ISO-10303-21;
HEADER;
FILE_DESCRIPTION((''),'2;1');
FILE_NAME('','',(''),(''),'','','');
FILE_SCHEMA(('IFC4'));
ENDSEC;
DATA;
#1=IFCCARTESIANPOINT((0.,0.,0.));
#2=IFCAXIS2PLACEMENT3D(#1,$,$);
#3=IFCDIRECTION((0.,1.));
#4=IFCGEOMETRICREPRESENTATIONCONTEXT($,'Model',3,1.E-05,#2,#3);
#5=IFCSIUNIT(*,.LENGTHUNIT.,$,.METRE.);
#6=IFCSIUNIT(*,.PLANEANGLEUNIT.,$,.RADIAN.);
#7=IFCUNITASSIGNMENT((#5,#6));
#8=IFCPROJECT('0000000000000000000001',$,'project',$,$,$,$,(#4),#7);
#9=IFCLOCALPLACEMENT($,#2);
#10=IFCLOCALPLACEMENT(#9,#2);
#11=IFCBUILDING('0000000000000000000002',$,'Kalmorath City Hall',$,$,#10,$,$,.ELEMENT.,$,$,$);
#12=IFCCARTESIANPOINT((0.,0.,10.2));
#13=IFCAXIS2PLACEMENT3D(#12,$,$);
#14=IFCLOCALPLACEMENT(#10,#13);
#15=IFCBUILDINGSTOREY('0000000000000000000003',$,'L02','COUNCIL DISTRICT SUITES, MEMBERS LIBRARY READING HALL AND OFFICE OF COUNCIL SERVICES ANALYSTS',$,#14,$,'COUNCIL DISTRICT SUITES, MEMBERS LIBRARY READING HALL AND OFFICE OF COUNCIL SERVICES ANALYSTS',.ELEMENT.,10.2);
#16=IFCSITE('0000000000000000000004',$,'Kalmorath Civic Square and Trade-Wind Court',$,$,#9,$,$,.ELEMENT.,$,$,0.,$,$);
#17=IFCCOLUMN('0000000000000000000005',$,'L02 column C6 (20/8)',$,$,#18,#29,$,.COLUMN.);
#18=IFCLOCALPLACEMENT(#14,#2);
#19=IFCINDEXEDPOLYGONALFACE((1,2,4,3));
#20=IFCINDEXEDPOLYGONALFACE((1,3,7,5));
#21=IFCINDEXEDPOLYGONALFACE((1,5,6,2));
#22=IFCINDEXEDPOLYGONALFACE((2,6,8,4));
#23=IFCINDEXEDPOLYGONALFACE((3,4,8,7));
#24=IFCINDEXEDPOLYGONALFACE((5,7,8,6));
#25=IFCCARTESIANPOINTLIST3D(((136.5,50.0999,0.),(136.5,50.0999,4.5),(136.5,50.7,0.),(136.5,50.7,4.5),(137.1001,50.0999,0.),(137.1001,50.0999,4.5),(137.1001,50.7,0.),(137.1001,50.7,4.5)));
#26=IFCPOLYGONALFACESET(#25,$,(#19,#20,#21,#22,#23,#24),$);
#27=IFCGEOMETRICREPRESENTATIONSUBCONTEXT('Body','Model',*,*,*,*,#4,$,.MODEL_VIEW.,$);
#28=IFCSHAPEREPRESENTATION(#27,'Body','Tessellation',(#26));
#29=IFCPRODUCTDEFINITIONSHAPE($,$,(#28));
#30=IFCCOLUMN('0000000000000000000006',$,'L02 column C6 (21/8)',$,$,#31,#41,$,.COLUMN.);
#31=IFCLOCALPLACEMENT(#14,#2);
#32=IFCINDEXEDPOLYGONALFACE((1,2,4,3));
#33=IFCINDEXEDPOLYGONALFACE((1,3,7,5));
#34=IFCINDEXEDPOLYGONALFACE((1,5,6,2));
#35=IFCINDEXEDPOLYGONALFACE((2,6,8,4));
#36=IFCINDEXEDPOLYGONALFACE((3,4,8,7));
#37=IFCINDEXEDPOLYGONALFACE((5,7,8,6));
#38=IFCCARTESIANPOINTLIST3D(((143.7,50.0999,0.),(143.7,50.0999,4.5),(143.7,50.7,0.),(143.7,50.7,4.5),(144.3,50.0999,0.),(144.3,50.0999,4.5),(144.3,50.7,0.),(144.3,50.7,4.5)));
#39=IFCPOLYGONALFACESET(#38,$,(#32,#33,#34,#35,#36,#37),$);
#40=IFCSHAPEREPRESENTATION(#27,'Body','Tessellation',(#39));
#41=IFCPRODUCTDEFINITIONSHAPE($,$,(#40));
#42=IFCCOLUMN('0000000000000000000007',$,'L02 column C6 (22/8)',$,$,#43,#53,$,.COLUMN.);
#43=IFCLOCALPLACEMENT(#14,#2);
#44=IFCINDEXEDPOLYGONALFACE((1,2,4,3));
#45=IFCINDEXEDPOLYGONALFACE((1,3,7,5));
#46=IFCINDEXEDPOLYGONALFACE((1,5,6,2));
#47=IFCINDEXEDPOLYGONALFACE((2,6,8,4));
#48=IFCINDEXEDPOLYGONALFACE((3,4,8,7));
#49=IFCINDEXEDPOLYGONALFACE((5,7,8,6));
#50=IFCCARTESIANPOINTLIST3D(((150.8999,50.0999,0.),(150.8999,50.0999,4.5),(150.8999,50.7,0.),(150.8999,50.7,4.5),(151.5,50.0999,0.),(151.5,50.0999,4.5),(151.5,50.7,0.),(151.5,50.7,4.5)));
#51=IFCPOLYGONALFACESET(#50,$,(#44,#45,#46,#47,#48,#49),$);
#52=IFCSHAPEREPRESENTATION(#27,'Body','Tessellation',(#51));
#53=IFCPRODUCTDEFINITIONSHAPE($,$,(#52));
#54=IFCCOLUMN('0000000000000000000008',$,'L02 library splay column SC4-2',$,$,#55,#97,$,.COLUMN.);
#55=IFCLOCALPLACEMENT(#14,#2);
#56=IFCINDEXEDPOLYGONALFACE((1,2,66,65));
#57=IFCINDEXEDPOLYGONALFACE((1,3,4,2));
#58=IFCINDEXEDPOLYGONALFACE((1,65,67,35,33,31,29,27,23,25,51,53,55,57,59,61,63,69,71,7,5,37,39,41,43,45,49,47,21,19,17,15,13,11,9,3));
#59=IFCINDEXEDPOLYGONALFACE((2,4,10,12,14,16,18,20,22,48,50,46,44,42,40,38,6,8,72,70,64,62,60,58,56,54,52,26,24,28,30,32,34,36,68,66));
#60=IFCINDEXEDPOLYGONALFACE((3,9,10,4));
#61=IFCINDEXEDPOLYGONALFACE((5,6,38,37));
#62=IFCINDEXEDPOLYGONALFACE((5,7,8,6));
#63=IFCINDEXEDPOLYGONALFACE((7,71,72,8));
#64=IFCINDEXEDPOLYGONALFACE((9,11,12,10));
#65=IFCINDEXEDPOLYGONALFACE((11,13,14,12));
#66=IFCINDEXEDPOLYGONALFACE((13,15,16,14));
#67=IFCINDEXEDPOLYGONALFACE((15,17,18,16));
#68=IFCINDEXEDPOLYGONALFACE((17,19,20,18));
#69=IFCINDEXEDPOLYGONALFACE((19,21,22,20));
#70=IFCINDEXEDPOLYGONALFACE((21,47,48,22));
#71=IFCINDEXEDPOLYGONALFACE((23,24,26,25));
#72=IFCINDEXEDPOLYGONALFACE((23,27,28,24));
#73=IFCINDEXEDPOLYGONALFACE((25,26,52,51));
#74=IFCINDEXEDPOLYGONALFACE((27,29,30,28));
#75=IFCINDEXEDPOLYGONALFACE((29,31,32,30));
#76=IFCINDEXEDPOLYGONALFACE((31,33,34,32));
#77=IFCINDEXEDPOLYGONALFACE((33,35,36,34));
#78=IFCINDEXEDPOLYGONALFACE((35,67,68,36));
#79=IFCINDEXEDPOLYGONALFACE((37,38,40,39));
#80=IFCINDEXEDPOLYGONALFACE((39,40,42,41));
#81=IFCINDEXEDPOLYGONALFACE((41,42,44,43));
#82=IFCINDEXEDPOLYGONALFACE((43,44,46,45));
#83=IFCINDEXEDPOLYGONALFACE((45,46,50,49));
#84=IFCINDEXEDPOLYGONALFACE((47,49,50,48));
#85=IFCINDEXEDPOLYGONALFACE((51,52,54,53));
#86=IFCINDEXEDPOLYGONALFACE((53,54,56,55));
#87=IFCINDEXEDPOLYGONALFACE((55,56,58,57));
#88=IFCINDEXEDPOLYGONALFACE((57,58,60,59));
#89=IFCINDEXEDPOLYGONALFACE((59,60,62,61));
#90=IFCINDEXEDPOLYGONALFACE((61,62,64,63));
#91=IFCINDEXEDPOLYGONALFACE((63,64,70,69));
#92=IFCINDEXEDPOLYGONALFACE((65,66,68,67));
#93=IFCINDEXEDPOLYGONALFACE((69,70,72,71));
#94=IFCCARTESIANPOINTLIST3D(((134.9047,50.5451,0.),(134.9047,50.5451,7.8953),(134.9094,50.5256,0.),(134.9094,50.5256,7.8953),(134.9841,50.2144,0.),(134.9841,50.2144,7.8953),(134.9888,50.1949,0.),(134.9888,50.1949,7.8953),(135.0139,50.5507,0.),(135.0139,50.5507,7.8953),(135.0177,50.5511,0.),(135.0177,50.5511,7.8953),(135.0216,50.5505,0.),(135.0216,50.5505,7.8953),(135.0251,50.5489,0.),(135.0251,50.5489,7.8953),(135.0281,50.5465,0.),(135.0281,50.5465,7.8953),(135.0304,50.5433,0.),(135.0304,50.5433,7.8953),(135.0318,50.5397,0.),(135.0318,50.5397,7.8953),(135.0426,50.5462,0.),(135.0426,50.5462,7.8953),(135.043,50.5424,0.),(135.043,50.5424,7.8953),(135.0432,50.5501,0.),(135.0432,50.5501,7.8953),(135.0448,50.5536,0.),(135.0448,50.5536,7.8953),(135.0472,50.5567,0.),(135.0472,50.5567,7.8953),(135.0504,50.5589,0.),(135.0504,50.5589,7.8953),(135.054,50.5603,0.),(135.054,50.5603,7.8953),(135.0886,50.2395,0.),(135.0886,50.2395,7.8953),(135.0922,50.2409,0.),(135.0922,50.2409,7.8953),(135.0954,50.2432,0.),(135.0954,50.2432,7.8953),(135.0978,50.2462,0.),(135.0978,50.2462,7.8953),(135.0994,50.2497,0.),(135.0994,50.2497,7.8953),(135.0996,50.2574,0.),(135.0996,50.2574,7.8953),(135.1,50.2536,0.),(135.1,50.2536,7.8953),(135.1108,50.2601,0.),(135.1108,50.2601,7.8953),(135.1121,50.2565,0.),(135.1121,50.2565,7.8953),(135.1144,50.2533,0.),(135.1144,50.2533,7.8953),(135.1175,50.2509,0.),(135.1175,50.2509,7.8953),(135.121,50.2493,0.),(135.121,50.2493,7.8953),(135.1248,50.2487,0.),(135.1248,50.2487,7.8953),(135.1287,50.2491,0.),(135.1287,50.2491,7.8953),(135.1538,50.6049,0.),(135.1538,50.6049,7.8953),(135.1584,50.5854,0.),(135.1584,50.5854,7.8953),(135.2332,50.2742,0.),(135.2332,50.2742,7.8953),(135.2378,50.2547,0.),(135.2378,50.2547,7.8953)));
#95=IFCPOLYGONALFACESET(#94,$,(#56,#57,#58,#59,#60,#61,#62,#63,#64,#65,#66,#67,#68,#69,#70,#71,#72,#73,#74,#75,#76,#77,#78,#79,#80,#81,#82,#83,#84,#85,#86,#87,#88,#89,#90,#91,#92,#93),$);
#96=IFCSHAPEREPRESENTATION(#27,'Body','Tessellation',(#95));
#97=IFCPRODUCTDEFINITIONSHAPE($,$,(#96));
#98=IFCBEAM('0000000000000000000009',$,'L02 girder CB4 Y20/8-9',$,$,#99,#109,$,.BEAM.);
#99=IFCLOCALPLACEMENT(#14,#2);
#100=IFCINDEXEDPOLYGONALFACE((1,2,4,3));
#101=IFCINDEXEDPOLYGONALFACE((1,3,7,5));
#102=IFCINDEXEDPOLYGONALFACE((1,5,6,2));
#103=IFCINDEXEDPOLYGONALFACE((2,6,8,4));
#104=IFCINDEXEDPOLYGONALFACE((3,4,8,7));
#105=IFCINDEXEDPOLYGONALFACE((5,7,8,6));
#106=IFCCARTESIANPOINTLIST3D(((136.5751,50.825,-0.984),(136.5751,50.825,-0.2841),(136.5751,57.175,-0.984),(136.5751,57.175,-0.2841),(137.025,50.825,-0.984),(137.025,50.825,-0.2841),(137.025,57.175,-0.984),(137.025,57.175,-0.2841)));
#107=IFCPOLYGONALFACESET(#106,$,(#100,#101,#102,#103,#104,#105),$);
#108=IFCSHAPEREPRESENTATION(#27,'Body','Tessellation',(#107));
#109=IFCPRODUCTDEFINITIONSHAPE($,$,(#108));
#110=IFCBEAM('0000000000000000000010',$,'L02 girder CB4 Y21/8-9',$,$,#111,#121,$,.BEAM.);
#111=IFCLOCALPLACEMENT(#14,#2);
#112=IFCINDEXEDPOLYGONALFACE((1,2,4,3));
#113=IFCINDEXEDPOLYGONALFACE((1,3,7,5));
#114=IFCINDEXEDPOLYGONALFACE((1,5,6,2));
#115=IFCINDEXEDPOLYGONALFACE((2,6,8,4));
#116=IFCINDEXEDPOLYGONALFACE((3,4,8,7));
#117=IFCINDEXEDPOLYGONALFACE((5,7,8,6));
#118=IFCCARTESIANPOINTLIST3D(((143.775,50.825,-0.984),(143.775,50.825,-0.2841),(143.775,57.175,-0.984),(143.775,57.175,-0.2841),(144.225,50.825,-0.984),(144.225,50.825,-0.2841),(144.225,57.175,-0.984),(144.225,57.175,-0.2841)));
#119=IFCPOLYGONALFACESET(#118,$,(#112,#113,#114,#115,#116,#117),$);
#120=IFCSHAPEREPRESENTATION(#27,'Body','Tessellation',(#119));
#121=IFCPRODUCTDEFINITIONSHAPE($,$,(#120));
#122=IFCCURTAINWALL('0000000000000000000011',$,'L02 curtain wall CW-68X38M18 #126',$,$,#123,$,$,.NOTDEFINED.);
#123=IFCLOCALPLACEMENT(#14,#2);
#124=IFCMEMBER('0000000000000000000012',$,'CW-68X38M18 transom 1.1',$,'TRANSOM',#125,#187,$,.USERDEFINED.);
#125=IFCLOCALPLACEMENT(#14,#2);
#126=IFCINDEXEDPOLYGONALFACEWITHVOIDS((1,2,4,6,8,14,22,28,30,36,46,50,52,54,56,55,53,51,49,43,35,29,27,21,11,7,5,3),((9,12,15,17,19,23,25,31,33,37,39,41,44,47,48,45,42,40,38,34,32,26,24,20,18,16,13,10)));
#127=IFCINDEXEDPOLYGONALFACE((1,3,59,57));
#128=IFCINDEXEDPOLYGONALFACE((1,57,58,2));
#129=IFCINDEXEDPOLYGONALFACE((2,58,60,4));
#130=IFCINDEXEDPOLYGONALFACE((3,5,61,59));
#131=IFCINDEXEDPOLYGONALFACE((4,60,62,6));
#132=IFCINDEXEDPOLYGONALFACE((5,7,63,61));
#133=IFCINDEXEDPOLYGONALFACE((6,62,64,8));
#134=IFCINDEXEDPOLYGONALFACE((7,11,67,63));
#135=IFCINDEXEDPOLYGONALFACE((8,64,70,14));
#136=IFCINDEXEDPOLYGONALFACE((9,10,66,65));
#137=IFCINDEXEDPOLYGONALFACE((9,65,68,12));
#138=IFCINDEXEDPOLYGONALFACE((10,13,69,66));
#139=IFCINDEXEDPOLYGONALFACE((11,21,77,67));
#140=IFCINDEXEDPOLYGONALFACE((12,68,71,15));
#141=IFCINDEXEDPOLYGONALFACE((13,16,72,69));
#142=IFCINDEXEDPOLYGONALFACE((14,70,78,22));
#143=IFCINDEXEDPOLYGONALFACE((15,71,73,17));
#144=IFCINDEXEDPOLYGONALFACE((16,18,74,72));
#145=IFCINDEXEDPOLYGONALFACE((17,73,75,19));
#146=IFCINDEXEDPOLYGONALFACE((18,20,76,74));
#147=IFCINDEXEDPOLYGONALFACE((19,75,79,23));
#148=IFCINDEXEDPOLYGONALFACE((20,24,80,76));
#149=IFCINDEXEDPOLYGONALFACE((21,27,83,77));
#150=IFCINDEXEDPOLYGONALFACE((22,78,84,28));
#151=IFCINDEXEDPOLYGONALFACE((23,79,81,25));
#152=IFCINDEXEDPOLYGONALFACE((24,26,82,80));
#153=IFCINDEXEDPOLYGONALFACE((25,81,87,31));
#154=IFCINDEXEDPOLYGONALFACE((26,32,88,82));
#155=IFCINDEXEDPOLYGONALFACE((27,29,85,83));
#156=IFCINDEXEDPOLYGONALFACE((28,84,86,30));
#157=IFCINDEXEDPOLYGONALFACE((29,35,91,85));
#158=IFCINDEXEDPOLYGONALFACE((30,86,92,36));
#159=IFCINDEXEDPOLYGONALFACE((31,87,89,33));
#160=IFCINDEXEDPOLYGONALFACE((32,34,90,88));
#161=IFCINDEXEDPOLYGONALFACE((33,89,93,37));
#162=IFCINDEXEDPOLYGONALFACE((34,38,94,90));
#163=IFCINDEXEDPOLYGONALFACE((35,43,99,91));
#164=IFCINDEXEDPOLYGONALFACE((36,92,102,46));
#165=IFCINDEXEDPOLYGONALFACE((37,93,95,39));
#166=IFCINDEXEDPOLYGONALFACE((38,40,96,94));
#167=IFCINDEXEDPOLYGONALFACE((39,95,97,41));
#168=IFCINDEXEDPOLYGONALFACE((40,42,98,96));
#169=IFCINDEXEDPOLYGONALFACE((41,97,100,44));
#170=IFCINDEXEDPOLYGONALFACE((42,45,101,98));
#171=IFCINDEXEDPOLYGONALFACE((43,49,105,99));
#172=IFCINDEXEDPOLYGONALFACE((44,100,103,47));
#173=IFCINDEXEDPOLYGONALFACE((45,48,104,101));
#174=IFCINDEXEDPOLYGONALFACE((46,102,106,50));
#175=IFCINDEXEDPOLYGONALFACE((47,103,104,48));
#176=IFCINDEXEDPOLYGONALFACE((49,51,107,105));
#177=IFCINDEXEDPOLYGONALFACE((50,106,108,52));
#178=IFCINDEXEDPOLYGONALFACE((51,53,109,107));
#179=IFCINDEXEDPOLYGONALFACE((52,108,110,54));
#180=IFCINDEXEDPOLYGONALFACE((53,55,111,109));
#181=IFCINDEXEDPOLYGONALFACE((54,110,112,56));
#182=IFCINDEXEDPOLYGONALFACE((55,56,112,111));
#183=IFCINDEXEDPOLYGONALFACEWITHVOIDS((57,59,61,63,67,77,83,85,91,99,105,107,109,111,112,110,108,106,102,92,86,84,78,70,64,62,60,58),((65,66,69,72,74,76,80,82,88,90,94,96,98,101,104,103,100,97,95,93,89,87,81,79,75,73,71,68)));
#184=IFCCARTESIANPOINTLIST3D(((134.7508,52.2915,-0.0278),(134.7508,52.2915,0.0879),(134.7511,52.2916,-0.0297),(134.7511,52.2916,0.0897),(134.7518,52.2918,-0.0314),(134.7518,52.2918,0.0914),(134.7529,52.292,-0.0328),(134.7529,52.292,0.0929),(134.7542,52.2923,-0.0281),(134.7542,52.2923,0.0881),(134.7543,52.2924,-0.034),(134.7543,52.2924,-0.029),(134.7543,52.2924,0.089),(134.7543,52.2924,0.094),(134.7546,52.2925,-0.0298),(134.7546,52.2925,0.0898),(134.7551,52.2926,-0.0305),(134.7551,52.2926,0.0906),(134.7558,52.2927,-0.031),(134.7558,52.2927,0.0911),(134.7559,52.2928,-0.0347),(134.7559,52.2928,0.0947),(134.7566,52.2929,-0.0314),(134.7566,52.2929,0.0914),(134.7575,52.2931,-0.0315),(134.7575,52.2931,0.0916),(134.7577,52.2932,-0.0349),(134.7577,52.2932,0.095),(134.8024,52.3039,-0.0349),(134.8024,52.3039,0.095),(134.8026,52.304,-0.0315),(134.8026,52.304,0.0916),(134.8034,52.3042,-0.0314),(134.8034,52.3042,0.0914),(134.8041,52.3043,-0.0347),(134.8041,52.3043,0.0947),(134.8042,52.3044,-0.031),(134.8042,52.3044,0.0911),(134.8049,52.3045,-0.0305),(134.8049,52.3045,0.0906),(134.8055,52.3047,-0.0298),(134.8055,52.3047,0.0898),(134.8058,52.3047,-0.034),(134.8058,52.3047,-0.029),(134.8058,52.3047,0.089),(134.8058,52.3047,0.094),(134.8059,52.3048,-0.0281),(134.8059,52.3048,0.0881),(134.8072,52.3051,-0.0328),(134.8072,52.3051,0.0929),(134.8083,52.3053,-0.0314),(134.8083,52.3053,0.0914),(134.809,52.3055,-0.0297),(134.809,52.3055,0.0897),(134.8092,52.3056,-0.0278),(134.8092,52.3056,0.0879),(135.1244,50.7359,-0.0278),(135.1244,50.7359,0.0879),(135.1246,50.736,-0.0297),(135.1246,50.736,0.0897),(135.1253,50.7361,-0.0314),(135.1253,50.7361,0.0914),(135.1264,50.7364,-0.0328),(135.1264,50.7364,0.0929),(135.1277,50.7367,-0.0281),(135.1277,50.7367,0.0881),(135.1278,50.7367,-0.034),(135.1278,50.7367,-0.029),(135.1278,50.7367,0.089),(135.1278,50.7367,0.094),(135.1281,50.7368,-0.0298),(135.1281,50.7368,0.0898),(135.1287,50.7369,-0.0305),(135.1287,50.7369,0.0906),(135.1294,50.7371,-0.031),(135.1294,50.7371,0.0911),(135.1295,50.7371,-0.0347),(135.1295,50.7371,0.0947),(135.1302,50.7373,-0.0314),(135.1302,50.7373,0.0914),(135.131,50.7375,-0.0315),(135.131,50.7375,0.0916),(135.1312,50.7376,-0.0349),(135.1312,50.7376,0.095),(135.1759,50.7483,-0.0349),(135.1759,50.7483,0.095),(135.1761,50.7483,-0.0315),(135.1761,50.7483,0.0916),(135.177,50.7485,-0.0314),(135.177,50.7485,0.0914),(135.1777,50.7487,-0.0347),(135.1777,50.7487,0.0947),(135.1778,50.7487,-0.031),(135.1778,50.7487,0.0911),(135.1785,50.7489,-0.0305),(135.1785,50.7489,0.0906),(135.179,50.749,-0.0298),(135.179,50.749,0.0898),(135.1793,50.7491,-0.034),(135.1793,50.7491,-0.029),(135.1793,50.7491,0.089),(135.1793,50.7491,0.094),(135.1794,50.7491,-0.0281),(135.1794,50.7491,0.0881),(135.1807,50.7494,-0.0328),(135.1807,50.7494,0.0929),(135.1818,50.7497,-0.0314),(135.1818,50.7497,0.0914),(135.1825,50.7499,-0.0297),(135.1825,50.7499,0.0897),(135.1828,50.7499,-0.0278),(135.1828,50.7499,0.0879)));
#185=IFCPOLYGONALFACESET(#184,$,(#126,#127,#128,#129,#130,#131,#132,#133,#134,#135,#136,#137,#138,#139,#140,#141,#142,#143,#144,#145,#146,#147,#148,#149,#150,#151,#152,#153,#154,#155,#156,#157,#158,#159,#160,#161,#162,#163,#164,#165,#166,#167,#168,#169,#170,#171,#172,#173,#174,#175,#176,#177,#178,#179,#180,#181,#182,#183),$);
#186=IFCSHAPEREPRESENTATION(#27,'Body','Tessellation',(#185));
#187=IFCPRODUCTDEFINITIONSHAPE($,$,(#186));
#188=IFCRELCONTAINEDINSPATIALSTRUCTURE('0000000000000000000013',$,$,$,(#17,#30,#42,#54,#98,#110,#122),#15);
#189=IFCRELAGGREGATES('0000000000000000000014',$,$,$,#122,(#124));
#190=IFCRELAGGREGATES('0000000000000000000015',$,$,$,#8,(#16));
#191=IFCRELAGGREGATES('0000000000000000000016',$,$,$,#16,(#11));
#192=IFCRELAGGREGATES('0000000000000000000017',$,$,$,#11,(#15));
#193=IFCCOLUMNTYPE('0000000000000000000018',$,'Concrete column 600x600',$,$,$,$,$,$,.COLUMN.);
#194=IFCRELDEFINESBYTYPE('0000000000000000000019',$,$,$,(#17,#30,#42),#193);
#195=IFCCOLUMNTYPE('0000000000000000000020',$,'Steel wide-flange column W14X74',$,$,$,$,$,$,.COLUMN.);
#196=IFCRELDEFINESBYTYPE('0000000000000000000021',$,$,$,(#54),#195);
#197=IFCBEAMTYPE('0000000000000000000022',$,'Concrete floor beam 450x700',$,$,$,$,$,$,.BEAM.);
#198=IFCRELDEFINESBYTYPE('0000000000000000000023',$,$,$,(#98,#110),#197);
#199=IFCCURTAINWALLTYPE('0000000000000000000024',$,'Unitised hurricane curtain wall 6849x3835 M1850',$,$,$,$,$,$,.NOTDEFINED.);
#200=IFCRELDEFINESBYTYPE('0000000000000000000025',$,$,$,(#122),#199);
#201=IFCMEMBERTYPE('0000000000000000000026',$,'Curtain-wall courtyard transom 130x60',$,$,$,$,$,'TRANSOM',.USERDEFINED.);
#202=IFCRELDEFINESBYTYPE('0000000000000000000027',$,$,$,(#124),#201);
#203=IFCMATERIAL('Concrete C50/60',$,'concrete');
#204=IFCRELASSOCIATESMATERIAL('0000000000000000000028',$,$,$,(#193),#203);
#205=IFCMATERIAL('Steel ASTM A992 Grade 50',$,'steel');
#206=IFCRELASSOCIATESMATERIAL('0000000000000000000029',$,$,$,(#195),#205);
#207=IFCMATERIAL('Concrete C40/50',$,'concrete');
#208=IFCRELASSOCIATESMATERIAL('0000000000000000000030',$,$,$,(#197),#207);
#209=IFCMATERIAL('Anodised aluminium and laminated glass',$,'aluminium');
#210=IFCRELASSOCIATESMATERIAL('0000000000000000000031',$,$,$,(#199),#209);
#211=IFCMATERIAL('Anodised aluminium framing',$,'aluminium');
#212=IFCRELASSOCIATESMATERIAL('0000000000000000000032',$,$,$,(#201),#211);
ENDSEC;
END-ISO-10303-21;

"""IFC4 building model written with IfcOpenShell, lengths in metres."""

from ifc_helpers import new_model, si_unit, direction, frame, origin, origin_2d, place, context, subcontext, project, spatial, rectangle, hollow_rectangle, i_section, extrude, material, material_profile, profile_set, type_object, element, aggregate, save


model = new_model("IFC4")

# Units and contexts
model_context = context("Model", 3, precision=1e-05, world=origin(), true_north=direction((0.0, 1.0)))
body_context = subcontext(model_context, "Body", "Model", "MODEL_VIEW")
ifc_project = project(units=[si_unit("LENGTHUNIT", "METRE"), si_unit("PLANEANGLEUNIT", "RADIAN")], contexts=[model_context])

# Site, building, storey
site_placement = place(None, origin())
site = spatial("IfcSite", under=ifc_project, at=site_placement, Name="Kalmorath Civic Square and Trade-Wind Court", CompositionType="ELEMENT", RefElevation=0.0)
building_placement = place(site_placement, origin())
building = spatial("IfcBuilding", under=site, at=building_placement, Name="Kalmorath City Hall", CompositionType="ELEMENT")
storey_placement = place(building_placement, frame((0.0, 0.0, 10.2)))
storey = spatial("IfcBuildingStorey", under=building, at=storey_placement, Name="L02", Description="COUNCIL DISTRICT SUITES, MEMBERS LIBRARY READING HALL AND OFFICE OF COUNCIL SERVICES ANALYSTS", LongName="COUNCIL DISTRICT SUITES, MEMBERS LIBRARY READING HALL AND OFFICE OF COUNCIL SERVICES ANALYSTS", CompositionType="ELEMENT", Elevation=10.2)

# Columns
ifc_material_1 = material(Name="Concrete C50/60", Category="concrete")
ifc_material_profile_1 = material_profile(ifc_material_1, rectangle(XDim=0.6001, YDim=0.6001, at=origin_2d()), Name="RC-COL-600X600")
ifc_profile_set_1 = profile_set([ifc_material_profile_1], Name="Concrete C50/60")
column_type_1 = type_object("IfcColumnType", Name="Concrete column 600x600", PredefinedType="COLUMN", material=ifc_profile_set_1)
for number, where, z_axis, x_axis, name in (
    (1, (136.8, 50.3999, 0.0), (0.0, 0.0, 1.0), (1.0, 0.0, 0.0), "L02 column C6 (20/8)"),
    (2, (144.0, 50.3999, 0.0), (0.0, 0.0, 1.0), (1.0, 0.0, 0.0), "L02 column C6 (21/8)"),
    (3, (151.2, 50.3999, 0.0), (0.0, 0.0, 1.0), (1.0, 0.0, 0.0), "L02 column C6 (22/8)"),
):
    element("IfcColumn", number, at=place(storey_placement, frame(where, z_axis=z_axis, x_axis=x_axis)), inside=storey, type_object=column_type_1, Name=name, PredefinedType="COLUMN", context=body_context, shape_type="SweptSolid", body=[
        extrude(rectangle(XDim=0.6001, YDim=0.6001, at=origin_2d()), origin(), (0.0, 0.0, 1.0), 4.5),
    ])
ifc_material_2 = material(Name="Steel ASTM A992 Grade 50", Category="steel")
ifc_material_profile_2 = material_profile(ifc_material_2, i_section(OverallWidth=0.2561, OverallDepth=0.3601, WebThickness=0.0115, FlangeThickness=0.02, FilletRadius=0.0149, at=origin_2d()), Name="W14X74")
ifc_profile_set_2 = profile_set([ifc_material_profile_2], Name="Steel ASTM A992 Grade 50")
column_type_2 = type_object("IfcColumnType", Name="Steel wide-flange column W14X74", PredefinedType="COLUMN", material=ifc_profile_set_2)
column_placement = place(storey_placement, frame((135.0713, 50.3999, 0.0), z_axis=(0.0, 0.0, 1.0), x_axis=(0.97237, 0.233445, 0.0)))
element("IfcColumn", 4, at=column_placement, inside=storey, type_object=column_type_2, Name="L02 library splay column SC4-2", PredefinedType="COLUMN", context=body_context, shape_type="SweptSolid", body=[
    extrude(i_section(OverallWidth=0.2561, OverallDepth=0.3601, WebThickness=0.0115, FlangeThickness=0.02, FilletRadius=0.0149, at=origin_2d()), origin(), (0.0, 0.0, 1.0), 7.8953),
])

# Beams
ifc_material_3 = material(Name="Concrete C40/50", Category="concrete")
ifc_material_profile_3 = material_profile(ifc_material_3, rectangle(XDim=0.45, YDim=0.7, at=origin_2d()), Name="RC-BM-450X700")
ifc_profile_set_3 = profile_set([ifc_material_profile_3], Name="Concrete C40/50")
beam_type_1 = type_object("IfcBeamType", Name="Concrete floor beam 450x700", PredefinedType="BEAM", material=ifc_profile_set_3)
for number, where, z_axis, x_axis, name in (
    (5, (136.8, 50.825, -0.634), (0.0, 1.0, 0.0), (-1.0, 0.0, 0.0), "L02 girder CB4 Y20/8-9"),
    (6, (144.0, 50.825, -0.634), (0.0, 1.0, 0.0), (-1.0, 0.0, 0.0), "L02 girder CB4 Y21/8-9"),
):
    element("IfcBeam", number, at=place(storey_placement, frame(where, z_axis=z_axis, x_axis=x_axis)), inside=storey, type_object=beam_type_1, Name=name, PredefinedType="BEAM", context=body_context, shape_type="SweptSolid", body=[
        extrude(rectangle(XDim=0.45, YDim=0.7, at=origin_2d()), origin(), (0.0, 0.0, 1.0), 6.3501),
    ])

# Curtain wall, member
ifc_material_4 = material(Name="Anodised aluminium and laminated glass", Category="aluminium")
curtain_wall_type = type_object("IfcCurtainWallType", Name="Unitised hurricane curtain wall 6849x3835 M1850", PredefinedType="NOTDEFINED", material=ifc_material_4)
curtain_wall_1_placement = place(storey_placement, origin())
curtain_wall_1 = element("IfcCurtainWall", 7, at=curtain_wall_1_placement, inside=storey, type_object=curtain_wall_type, Name="L02 curtain wall CW-68X38M18 #126", PredefinedType="NOTDEFINED")
ifc_material_5 = material(Name="Anodised aluminium framing", Category="aluminium")
ifc_material_profile_4 = material_profile(ifc_material_5, hollow_rectangle(XDim=0.0601, YDim=0.1299, WallThickness=0.0034, InnerFilletRadius=0.0034, OuterFilletRadius=0.0071, at=origin_2d()), Name="ALU-TRN-130X60X3.5")
ifc_profile_set_4 = profile_set([ifc_material_profile_4], Name="Anodised aluminium framing")
member_type_1 = type_object("IfcMemberType", Name="Curtain-wall courtyard transom 130x60", ElementType="TRANSOM", PredefinedType="USERDEFINED", material=ifc_profile_set_4)
member_1_placement = place(storey_placement, frame((135.1536, 50.7429, 0.03), z_axis=(-0.233477, 0.972362, 0.0), x_axis=(-0.972362, -0.233477, 0.0)))
member_1 = element("IfcMember", 8, at=member_1_placement, type_object=member_type_1, Name="CW-68X38M18 transom 1.1", ObjectType="TRANSOM", PredefinedType="USERDEFINED", context=body_context, shape_type="SweptSolid", body=[
    extrude(hollow_rectangle(XDim=0.0601, YDim=0.1299, WallThickness=0.0034, InnerFilletRadius=0.0034, OuterFilletRadius=0.0071, at=origin_2d()), origin(), (0.0, 0.0, 1.0), 1.5999),
])

aggregate(curtain_wall_1, [member_1])

save(model, "model.ifc")
